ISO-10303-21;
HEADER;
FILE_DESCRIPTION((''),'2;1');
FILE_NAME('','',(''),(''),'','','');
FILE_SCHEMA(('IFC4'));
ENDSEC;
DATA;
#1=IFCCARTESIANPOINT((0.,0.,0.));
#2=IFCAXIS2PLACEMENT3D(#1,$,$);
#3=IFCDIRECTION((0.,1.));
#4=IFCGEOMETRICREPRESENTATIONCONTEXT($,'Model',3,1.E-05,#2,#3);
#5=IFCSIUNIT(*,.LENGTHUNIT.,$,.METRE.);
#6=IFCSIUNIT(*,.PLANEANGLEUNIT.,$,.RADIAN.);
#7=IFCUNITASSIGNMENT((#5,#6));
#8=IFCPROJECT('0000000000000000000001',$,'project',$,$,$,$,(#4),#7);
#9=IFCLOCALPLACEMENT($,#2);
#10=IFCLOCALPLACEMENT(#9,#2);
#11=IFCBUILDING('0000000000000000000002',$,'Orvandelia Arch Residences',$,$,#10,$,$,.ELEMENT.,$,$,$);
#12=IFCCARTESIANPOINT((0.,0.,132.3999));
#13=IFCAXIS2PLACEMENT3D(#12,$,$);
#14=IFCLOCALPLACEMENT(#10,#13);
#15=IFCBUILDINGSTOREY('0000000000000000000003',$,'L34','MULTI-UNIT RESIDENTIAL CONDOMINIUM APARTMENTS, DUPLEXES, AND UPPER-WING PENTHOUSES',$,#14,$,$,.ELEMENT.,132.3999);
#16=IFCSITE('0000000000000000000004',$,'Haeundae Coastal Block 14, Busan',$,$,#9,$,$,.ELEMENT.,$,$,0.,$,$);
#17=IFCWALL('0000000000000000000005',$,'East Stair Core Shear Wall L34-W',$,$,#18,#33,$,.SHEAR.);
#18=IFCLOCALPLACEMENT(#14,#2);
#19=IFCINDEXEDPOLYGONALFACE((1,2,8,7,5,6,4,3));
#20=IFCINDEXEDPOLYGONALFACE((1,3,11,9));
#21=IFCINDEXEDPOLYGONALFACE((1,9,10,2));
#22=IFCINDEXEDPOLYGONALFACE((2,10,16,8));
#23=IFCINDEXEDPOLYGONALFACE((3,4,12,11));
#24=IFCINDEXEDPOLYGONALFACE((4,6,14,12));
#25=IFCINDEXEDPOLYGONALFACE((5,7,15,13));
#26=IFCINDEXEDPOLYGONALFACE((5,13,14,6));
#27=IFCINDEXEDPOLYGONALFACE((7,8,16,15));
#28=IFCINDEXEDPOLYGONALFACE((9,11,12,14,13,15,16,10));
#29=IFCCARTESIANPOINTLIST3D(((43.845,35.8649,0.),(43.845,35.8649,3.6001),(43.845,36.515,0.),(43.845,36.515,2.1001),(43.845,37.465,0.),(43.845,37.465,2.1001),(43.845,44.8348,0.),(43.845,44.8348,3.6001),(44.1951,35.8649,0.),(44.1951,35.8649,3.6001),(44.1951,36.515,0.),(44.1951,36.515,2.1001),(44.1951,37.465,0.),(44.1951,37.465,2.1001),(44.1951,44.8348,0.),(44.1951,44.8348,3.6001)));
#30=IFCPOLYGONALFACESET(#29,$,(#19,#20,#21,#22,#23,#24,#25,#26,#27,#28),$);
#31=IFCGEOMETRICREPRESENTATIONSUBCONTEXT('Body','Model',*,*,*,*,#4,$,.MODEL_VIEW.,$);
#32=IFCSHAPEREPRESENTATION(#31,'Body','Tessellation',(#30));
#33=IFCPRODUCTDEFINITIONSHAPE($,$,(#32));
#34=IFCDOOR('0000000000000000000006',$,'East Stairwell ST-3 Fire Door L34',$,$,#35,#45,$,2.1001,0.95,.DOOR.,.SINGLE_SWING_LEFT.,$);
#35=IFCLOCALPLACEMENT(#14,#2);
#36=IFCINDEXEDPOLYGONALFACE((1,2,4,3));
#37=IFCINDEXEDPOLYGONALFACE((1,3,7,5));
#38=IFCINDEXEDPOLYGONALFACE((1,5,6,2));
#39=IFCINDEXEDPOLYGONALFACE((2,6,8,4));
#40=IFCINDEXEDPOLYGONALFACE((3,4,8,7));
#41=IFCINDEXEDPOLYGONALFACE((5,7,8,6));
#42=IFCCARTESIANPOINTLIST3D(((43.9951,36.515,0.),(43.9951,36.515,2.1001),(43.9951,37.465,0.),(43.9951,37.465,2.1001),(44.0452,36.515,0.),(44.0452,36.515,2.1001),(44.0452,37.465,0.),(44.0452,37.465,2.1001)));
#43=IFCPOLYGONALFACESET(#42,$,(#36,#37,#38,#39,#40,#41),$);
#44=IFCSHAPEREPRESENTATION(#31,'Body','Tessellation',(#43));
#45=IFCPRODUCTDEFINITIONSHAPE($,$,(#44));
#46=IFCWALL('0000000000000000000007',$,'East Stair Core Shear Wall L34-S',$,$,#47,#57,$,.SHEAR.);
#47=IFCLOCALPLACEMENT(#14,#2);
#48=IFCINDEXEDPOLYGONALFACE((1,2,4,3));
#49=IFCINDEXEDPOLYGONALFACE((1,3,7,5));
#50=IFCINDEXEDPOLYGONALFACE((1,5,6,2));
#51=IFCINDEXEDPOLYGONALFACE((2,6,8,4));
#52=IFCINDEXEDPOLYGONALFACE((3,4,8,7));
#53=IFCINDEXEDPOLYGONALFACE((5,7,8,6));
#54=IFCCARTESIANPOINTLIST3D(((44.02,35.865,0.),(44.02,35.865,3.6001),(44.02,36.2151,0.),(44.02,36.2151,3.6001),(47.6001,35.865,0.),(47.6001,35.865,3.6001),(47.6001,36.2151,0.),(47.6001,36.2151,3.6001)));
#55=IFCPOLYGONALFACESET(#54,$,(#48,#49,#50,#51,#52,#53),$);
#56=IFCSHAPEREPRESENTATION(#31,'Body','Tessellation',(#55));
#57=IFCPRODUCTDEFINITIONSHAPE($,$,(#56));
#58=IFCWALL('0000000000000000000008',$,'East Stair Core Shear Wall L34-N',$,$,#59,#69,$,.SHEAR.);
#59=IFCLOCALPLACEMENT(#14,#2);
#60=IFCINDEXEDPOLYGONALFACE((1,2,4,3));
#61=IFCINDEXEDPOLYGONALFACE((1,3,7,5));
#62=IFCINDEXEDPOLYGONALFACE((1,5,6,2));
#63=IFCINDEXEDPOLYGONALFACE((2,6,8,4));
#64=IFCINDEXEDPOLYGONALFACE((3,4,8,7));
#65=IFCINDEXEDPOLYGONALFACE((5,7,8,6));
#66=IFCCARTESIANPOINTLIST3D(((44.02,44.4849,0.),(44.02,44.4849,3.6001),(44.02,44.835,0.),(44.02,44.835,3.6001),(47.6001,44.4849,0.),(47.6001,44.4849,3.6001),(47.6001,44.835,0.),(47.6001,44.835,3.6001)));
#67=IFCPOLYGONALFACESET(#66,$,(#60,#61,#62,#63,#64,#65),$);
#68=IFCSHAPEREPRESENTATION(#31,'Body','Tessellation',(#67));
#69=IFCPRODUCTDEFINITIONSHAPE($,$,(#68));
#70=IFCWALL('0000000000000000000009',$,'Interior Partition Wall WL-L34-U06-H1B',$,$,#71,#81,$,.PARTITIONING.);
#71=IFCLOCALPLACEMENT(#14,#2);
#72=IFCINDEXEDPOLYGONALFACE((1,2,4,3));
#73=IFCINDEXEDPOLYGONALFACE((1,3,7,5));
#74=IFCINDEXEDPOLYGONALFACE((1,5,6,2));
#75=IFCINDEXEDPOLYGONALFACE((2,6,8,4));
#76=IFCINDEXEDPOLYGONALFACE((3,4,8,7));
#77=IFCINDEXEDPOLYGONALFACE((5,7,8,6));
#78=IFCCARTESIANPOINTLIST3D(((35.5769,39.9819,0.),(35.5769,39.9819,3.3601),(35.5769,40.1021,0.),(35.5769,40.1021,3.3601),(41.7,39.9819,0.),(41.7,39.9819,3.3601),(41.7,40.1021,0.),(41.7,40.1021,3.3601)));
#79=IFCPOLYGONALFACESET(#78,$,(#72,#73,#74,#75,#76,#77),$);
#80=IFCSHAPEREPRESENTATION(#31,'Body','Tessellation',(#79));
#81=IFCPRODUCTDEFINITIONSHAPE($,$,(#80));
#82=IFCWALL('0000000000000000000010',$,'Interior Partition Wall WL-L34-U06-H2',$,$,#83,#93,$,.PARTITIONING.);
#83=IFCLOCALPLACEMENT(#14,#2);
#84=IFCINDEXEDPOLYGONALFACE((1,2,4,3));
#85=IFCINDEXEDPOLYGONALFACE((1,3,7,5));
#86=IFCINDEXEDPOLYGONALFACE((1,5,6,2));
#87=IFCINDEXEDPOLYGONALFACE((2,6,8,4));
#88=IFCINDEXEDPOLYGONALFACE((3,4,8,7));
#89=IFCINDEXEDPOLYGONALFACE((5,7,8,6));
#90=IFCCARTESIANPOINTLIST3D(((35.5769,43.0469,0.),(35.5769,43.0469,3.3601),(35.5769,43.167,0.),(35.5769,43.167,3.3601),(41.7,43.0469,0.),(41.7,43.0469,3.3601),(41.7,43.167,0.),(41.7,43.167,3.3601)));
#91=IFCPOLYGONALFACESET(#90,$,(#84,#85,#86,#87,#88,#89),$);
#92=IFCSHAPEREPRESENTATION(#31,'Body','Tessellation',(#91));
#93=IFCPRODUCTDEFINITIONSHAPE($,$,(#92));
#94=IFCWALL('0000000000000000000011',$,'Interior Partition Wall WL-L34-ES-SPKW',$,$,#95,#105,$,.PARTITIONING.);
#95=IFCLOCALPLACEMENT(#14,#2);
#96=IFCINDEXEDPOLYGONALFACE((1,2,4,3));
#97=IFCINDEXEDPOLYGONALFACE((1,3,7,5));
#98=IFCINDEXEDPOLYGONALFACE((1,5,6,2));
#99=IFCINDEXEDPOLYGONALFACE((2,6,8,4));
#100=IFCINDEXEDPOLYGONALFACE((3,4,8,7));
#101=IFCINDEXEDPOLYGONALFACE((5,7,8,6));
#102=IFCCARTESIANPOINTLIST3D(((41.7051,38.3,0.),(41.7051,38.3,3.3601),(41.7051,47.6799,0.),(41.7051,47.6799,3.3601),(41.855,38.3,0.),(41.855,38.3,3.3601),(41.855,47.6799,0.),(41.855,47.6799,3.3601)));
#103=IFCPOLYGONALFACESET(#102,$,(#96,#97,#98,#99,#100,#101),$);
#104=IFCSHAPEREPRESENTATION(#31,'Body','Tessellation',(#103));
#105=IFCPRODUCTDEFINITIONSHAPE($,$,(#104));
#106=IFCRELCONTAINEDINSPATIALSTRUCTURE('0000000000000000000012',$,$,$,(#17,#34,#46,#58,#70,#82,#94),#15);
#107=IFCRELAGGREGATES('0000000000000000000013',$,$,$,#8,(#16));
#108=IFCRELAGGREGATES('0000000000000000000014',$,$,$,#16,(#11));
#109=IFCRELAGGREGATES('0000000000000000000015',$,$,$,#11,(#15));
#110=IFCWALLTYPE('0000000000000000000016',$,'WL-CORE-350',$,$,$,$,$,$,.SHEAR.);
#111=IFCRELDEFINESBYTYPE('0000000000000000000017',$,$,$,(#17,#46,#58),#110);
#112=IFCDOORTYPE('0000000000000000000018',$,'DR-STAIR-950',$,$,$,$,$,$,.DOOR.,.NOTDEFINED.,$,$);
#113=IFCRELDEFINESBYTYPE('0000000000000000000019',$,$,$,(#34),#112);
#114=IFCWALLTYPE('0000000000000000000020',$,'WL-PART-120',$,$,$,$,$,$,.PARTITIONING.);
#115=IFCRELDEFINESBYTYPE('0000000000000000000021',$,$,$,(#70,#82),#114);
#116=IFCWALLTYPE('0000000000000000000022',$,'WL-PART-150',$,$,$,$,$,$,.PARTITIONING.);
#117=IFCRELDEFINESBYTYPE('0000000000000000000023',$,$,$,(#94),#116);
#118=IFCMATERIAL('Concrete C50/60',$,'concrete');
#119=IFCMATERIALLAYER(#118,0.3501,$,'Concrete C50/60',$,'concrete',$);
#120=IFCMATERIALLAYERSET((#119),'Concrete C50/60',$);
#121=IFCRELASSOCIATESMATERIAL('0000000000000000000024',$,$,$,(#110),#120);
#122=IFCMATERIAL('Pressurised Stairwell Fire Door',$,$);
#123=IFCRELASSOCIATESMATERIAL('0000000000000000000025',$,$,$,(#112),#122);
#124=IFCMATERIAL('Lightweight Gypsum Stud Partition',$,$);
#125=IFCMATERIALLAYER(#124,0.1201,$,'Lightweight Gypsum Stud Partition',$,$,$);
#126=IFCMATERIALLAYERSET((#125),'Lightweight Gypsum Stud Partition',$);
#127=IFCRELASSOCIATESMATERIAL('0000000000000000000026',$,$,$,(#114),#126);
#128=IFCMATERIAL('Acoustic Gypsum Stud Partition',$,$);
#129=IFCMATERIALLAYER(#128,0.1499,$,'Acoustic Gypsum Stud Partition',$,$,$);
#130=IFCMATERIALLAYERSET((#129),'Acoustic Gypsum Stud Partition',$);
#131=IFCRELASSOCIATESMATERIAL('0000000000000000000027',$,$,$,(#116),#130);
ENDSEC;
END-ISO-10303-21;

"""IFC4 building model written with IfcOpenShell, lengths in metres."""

from ifc_helpers import new_model, si_unit, direction, frame, frame_2d, origin, place, context, subcontext, project, spatial, rectangle, extrude, material, layer, layer_set, type_object, element, fill, save


model = new_model("IFC4")

# Units and contexts
model_context = context("Model", 3, precision=1e-05, world=origin(), true_north=direction((0.0, 1.0)))
body_context = subcontext(model_context, "Body", "Model", "MODEL_VIEW")
ifc_project = project(units=[si_unit("LENGTHUNIT", "METRE"), si_unit("PLANEANGLEUNIT", "RADIAN")], contexts=[model_context])

# Site, building, storey
site_placement = place(None, origin())
site = spatial("IfcSite", under=ifc_project, at=site_placement, Name="Haeundae Coastal Block 14, Busan", CompositionType="ELEMENT", RefElevation=0.0)
building_placement = place(site_placement, origin())
building = spatial("IfcBuilding", under=site, at=building_placement, Name="Orvandelia Arch Residences", CompositionType="ELEMENT")
storey_placement = place(building_placement, frame((0.0, 0.0, 132.3999)))
storey = spatial("IfcBuildingStorey", under=building, at=storey_placement, Name="L34", Description="MULTI-UNIT RESIDENTIAL CONDOMINIUM APARTMENTS, DUPLEXES, AND UPPER-WING PENTHOUSES", CompositionType="ELEMENT", Elevation=132.3999)

# Wall, opening, door
ifc_material_1 = material(Name="Concrete C50/60", Category="concrete")
ifc_layer_1 = layer(ifc_material_1, 0.3501, Name="Concrete C50/60", Category="concrete")
ifc_layer_set_1 = layer_set([ifc_layer_1], Name="Concrete C50/60")
wall_type_1 = type_object("IfcWallType", Name="WL-CORE-350", PredefinedType="SHEAR", material=ifc_layer_set_1)
wall_1_placement = place(storey_placement, frame((44.02, 35.865, 0.0), z_axis=(0.0, 0.0, 1.0), x_axis=(0.0, 1.0, 0.0)))
wall_1 = element("IfcWall", 1, at=wall_1_placement, inside=storey, type_object=wall_type_1, Name="East Stair Core Shear Wall L34-W", PredefinedType="SHEAR", context=body_context, shape_type="SweptSolid", body=[
    extrude(rectangle(XDim=8.97, YDim=0.3501, at=frame_2d((4.4849, 0.0))), origin(), (0.0, 0.0, 1.0), 3.6001),
])
opening_1_placement = place(wall_1_placement, frame((0.6499, 0.0, 0.0)))
opening_1 = element("IfcOpeningElement", 2, at=opening_1_placement, cuts=wall_1, PredefinedType="OPENING", context=body_context, shape_type="SweptSolid", body=[
    extrude(rectangle(XDim=0.95, YDim=2.1001, at=frame_2d((0.4751, 1.05))), frame((0.0, 0.1851, 0.0), z_axis=(0.0, -1.0, 0.0), x_axis=(1.0, 0.0, 0.0)), (0.0, 0.0, 1.0), 0.3701),
])
ifc_material_2 = material(Name="Pressurised Stairwell Fire Door")
door_type_1 = type_object("IfcDoorType", Name="DR-STAIR-950", OperationType="NOTDEFINED", PredefinedType="DOOR", material=ifc_material_2)
door_1_placement = place(opening_1_placement, origin())
door_1 = element("IfcDoor", 3, at=door_1_placement, inside=storey, type_object=door_type_1, Name="East Stairwell ST-3 Fire Door L34", OperationType="SINGLE_SWING_LEFT", OverallHeight=2.1001, OverallWidth=0.95, PredefinedType="DOOR", context=body_context, shape_type="SweptSolid", body=[
    extrude(rectangle(XDim=0.95, YDim=2.1001, at=frame_2d((0.4751, 1.05))), frame((0.0, 0.0249, 0.0), z_axis=(0.0, -1.0, 0.0), x_axis=(1.0, 0.0, 0.0)), (0.0, 0.0, 1.0), 0.05),
])
fill(opening_1, door_1)

# Walls
for number, where, z_axis, x_axis, name in (
    (4, (44.02, 36.04, 0.0), (0.0, 0.0, 1.0), (1.0, 0.0, 0.0), "East Stair Core Shear Wall L34-S"),
    (5, (44.02, 44.6599, 0.0), (0.0, 0.0, 1.0), (1.0, 0.0, 0.0), "East Stair Core Shear Wall L34-N"),
):
    element("IfcWall", number, at=place(storey_placement, frame(where, z_axis=z_axis, x_axis=x_axis)), inside=storey, type_object=wall_type_1, Name=name, PredefinedType="SHEAR", context=body_context, shape_type="SweptSolid", body=[
        extrude(rectangle(XDim=3.5801, YDim=0.3501, at=frame_2d((1.79, 0.0))), origin(), (0.0, 0.0, 1.0), 3.6001),
    ])

# Walls
ifc_material_3 = material(Name="Lightweight Gypsum Stud Partition")
ifc_layer_2 = layer(ifc_material_3, 0.1201, Name="Lightweight Gypsum Stud Partition")
ifc_layer_set_2 = layer_set([ifc_layer_2], Name="Lightweight Gypsum Stud Partition")
wall_type_2 = type_object("IfcWallType", Name="WL-PART-120", PredefinedType="PARTITIONING", material=ifc_layer_set_2)
for number, where, z_axis, x_axis, name in (
    (6, (35.5769, 40.042, 0.0), (0.0, 0.0, 1.0), (1.0, 0.0, 0.0), "Interior Partition Wall WL-L34-U06-H1B"),
    (7, (35.5769, 43.1069, 0.0), (0.0, 0.0, 1.0), (1.0, 0.0, 0.0), "Interior Partition Wall WL-L34-U06-H2"),
):
    element("IfcWall", number, at=place(storey_placement, frame(where, z_axis=z_axis, x_axis=x_axis)), inside=storey, type_object=wall_type_2, Name=name, PredefinedType="PARTITIONING", context=body_context, shape_type="SweptSolid", body=[
        extrude(rectangle(XDim=6.123, YDim=0.1201, at=frame_2d((3.0615, 0.0))), origin(), (0.0, 0.0, 1.0), 3.3601),
    ])
ifc_material_4 = material(Name="Acoustic Gypsum Stud Partition")
ifc_layer_3 = layer(ifc_material_4, 0.1499, Name="Acoustic Gypsum Stud Partition")
ifc_layer_set_3 = layer_set([ifc_layer_3], Name="Acoustic Gypsum Stud Partition")
wall_type_3 = type_object("IfcWallType", Name="WL-PART-150", PredefinedType="PARTITIONING", material=ifc_layer_set_3)
wall_2_placement = place(storey_placement, frame((41.78, 38.3, 0.0), z_axis=(0.0, 0.0, 1.0), x_axis=(0.0, 1.0, 0.0)))
element("IfcWall", 8, at=wall_2_placement, inside=storey, type_object=wall_type_3, Name="Interior Partition Wall WL-L34-ES-SPKW", PredefinedType="PARTITIONING", context=body_context, shape_type="SweptSolid", body=[
    extrude(rectangle(XDim=9.3799, YDim=0.1499, at=frame_2d((4.6899, 0.0))), origin(), (0.0, 0.0, 1.0), 3.3601),
])

save(model, "model.ifc")
